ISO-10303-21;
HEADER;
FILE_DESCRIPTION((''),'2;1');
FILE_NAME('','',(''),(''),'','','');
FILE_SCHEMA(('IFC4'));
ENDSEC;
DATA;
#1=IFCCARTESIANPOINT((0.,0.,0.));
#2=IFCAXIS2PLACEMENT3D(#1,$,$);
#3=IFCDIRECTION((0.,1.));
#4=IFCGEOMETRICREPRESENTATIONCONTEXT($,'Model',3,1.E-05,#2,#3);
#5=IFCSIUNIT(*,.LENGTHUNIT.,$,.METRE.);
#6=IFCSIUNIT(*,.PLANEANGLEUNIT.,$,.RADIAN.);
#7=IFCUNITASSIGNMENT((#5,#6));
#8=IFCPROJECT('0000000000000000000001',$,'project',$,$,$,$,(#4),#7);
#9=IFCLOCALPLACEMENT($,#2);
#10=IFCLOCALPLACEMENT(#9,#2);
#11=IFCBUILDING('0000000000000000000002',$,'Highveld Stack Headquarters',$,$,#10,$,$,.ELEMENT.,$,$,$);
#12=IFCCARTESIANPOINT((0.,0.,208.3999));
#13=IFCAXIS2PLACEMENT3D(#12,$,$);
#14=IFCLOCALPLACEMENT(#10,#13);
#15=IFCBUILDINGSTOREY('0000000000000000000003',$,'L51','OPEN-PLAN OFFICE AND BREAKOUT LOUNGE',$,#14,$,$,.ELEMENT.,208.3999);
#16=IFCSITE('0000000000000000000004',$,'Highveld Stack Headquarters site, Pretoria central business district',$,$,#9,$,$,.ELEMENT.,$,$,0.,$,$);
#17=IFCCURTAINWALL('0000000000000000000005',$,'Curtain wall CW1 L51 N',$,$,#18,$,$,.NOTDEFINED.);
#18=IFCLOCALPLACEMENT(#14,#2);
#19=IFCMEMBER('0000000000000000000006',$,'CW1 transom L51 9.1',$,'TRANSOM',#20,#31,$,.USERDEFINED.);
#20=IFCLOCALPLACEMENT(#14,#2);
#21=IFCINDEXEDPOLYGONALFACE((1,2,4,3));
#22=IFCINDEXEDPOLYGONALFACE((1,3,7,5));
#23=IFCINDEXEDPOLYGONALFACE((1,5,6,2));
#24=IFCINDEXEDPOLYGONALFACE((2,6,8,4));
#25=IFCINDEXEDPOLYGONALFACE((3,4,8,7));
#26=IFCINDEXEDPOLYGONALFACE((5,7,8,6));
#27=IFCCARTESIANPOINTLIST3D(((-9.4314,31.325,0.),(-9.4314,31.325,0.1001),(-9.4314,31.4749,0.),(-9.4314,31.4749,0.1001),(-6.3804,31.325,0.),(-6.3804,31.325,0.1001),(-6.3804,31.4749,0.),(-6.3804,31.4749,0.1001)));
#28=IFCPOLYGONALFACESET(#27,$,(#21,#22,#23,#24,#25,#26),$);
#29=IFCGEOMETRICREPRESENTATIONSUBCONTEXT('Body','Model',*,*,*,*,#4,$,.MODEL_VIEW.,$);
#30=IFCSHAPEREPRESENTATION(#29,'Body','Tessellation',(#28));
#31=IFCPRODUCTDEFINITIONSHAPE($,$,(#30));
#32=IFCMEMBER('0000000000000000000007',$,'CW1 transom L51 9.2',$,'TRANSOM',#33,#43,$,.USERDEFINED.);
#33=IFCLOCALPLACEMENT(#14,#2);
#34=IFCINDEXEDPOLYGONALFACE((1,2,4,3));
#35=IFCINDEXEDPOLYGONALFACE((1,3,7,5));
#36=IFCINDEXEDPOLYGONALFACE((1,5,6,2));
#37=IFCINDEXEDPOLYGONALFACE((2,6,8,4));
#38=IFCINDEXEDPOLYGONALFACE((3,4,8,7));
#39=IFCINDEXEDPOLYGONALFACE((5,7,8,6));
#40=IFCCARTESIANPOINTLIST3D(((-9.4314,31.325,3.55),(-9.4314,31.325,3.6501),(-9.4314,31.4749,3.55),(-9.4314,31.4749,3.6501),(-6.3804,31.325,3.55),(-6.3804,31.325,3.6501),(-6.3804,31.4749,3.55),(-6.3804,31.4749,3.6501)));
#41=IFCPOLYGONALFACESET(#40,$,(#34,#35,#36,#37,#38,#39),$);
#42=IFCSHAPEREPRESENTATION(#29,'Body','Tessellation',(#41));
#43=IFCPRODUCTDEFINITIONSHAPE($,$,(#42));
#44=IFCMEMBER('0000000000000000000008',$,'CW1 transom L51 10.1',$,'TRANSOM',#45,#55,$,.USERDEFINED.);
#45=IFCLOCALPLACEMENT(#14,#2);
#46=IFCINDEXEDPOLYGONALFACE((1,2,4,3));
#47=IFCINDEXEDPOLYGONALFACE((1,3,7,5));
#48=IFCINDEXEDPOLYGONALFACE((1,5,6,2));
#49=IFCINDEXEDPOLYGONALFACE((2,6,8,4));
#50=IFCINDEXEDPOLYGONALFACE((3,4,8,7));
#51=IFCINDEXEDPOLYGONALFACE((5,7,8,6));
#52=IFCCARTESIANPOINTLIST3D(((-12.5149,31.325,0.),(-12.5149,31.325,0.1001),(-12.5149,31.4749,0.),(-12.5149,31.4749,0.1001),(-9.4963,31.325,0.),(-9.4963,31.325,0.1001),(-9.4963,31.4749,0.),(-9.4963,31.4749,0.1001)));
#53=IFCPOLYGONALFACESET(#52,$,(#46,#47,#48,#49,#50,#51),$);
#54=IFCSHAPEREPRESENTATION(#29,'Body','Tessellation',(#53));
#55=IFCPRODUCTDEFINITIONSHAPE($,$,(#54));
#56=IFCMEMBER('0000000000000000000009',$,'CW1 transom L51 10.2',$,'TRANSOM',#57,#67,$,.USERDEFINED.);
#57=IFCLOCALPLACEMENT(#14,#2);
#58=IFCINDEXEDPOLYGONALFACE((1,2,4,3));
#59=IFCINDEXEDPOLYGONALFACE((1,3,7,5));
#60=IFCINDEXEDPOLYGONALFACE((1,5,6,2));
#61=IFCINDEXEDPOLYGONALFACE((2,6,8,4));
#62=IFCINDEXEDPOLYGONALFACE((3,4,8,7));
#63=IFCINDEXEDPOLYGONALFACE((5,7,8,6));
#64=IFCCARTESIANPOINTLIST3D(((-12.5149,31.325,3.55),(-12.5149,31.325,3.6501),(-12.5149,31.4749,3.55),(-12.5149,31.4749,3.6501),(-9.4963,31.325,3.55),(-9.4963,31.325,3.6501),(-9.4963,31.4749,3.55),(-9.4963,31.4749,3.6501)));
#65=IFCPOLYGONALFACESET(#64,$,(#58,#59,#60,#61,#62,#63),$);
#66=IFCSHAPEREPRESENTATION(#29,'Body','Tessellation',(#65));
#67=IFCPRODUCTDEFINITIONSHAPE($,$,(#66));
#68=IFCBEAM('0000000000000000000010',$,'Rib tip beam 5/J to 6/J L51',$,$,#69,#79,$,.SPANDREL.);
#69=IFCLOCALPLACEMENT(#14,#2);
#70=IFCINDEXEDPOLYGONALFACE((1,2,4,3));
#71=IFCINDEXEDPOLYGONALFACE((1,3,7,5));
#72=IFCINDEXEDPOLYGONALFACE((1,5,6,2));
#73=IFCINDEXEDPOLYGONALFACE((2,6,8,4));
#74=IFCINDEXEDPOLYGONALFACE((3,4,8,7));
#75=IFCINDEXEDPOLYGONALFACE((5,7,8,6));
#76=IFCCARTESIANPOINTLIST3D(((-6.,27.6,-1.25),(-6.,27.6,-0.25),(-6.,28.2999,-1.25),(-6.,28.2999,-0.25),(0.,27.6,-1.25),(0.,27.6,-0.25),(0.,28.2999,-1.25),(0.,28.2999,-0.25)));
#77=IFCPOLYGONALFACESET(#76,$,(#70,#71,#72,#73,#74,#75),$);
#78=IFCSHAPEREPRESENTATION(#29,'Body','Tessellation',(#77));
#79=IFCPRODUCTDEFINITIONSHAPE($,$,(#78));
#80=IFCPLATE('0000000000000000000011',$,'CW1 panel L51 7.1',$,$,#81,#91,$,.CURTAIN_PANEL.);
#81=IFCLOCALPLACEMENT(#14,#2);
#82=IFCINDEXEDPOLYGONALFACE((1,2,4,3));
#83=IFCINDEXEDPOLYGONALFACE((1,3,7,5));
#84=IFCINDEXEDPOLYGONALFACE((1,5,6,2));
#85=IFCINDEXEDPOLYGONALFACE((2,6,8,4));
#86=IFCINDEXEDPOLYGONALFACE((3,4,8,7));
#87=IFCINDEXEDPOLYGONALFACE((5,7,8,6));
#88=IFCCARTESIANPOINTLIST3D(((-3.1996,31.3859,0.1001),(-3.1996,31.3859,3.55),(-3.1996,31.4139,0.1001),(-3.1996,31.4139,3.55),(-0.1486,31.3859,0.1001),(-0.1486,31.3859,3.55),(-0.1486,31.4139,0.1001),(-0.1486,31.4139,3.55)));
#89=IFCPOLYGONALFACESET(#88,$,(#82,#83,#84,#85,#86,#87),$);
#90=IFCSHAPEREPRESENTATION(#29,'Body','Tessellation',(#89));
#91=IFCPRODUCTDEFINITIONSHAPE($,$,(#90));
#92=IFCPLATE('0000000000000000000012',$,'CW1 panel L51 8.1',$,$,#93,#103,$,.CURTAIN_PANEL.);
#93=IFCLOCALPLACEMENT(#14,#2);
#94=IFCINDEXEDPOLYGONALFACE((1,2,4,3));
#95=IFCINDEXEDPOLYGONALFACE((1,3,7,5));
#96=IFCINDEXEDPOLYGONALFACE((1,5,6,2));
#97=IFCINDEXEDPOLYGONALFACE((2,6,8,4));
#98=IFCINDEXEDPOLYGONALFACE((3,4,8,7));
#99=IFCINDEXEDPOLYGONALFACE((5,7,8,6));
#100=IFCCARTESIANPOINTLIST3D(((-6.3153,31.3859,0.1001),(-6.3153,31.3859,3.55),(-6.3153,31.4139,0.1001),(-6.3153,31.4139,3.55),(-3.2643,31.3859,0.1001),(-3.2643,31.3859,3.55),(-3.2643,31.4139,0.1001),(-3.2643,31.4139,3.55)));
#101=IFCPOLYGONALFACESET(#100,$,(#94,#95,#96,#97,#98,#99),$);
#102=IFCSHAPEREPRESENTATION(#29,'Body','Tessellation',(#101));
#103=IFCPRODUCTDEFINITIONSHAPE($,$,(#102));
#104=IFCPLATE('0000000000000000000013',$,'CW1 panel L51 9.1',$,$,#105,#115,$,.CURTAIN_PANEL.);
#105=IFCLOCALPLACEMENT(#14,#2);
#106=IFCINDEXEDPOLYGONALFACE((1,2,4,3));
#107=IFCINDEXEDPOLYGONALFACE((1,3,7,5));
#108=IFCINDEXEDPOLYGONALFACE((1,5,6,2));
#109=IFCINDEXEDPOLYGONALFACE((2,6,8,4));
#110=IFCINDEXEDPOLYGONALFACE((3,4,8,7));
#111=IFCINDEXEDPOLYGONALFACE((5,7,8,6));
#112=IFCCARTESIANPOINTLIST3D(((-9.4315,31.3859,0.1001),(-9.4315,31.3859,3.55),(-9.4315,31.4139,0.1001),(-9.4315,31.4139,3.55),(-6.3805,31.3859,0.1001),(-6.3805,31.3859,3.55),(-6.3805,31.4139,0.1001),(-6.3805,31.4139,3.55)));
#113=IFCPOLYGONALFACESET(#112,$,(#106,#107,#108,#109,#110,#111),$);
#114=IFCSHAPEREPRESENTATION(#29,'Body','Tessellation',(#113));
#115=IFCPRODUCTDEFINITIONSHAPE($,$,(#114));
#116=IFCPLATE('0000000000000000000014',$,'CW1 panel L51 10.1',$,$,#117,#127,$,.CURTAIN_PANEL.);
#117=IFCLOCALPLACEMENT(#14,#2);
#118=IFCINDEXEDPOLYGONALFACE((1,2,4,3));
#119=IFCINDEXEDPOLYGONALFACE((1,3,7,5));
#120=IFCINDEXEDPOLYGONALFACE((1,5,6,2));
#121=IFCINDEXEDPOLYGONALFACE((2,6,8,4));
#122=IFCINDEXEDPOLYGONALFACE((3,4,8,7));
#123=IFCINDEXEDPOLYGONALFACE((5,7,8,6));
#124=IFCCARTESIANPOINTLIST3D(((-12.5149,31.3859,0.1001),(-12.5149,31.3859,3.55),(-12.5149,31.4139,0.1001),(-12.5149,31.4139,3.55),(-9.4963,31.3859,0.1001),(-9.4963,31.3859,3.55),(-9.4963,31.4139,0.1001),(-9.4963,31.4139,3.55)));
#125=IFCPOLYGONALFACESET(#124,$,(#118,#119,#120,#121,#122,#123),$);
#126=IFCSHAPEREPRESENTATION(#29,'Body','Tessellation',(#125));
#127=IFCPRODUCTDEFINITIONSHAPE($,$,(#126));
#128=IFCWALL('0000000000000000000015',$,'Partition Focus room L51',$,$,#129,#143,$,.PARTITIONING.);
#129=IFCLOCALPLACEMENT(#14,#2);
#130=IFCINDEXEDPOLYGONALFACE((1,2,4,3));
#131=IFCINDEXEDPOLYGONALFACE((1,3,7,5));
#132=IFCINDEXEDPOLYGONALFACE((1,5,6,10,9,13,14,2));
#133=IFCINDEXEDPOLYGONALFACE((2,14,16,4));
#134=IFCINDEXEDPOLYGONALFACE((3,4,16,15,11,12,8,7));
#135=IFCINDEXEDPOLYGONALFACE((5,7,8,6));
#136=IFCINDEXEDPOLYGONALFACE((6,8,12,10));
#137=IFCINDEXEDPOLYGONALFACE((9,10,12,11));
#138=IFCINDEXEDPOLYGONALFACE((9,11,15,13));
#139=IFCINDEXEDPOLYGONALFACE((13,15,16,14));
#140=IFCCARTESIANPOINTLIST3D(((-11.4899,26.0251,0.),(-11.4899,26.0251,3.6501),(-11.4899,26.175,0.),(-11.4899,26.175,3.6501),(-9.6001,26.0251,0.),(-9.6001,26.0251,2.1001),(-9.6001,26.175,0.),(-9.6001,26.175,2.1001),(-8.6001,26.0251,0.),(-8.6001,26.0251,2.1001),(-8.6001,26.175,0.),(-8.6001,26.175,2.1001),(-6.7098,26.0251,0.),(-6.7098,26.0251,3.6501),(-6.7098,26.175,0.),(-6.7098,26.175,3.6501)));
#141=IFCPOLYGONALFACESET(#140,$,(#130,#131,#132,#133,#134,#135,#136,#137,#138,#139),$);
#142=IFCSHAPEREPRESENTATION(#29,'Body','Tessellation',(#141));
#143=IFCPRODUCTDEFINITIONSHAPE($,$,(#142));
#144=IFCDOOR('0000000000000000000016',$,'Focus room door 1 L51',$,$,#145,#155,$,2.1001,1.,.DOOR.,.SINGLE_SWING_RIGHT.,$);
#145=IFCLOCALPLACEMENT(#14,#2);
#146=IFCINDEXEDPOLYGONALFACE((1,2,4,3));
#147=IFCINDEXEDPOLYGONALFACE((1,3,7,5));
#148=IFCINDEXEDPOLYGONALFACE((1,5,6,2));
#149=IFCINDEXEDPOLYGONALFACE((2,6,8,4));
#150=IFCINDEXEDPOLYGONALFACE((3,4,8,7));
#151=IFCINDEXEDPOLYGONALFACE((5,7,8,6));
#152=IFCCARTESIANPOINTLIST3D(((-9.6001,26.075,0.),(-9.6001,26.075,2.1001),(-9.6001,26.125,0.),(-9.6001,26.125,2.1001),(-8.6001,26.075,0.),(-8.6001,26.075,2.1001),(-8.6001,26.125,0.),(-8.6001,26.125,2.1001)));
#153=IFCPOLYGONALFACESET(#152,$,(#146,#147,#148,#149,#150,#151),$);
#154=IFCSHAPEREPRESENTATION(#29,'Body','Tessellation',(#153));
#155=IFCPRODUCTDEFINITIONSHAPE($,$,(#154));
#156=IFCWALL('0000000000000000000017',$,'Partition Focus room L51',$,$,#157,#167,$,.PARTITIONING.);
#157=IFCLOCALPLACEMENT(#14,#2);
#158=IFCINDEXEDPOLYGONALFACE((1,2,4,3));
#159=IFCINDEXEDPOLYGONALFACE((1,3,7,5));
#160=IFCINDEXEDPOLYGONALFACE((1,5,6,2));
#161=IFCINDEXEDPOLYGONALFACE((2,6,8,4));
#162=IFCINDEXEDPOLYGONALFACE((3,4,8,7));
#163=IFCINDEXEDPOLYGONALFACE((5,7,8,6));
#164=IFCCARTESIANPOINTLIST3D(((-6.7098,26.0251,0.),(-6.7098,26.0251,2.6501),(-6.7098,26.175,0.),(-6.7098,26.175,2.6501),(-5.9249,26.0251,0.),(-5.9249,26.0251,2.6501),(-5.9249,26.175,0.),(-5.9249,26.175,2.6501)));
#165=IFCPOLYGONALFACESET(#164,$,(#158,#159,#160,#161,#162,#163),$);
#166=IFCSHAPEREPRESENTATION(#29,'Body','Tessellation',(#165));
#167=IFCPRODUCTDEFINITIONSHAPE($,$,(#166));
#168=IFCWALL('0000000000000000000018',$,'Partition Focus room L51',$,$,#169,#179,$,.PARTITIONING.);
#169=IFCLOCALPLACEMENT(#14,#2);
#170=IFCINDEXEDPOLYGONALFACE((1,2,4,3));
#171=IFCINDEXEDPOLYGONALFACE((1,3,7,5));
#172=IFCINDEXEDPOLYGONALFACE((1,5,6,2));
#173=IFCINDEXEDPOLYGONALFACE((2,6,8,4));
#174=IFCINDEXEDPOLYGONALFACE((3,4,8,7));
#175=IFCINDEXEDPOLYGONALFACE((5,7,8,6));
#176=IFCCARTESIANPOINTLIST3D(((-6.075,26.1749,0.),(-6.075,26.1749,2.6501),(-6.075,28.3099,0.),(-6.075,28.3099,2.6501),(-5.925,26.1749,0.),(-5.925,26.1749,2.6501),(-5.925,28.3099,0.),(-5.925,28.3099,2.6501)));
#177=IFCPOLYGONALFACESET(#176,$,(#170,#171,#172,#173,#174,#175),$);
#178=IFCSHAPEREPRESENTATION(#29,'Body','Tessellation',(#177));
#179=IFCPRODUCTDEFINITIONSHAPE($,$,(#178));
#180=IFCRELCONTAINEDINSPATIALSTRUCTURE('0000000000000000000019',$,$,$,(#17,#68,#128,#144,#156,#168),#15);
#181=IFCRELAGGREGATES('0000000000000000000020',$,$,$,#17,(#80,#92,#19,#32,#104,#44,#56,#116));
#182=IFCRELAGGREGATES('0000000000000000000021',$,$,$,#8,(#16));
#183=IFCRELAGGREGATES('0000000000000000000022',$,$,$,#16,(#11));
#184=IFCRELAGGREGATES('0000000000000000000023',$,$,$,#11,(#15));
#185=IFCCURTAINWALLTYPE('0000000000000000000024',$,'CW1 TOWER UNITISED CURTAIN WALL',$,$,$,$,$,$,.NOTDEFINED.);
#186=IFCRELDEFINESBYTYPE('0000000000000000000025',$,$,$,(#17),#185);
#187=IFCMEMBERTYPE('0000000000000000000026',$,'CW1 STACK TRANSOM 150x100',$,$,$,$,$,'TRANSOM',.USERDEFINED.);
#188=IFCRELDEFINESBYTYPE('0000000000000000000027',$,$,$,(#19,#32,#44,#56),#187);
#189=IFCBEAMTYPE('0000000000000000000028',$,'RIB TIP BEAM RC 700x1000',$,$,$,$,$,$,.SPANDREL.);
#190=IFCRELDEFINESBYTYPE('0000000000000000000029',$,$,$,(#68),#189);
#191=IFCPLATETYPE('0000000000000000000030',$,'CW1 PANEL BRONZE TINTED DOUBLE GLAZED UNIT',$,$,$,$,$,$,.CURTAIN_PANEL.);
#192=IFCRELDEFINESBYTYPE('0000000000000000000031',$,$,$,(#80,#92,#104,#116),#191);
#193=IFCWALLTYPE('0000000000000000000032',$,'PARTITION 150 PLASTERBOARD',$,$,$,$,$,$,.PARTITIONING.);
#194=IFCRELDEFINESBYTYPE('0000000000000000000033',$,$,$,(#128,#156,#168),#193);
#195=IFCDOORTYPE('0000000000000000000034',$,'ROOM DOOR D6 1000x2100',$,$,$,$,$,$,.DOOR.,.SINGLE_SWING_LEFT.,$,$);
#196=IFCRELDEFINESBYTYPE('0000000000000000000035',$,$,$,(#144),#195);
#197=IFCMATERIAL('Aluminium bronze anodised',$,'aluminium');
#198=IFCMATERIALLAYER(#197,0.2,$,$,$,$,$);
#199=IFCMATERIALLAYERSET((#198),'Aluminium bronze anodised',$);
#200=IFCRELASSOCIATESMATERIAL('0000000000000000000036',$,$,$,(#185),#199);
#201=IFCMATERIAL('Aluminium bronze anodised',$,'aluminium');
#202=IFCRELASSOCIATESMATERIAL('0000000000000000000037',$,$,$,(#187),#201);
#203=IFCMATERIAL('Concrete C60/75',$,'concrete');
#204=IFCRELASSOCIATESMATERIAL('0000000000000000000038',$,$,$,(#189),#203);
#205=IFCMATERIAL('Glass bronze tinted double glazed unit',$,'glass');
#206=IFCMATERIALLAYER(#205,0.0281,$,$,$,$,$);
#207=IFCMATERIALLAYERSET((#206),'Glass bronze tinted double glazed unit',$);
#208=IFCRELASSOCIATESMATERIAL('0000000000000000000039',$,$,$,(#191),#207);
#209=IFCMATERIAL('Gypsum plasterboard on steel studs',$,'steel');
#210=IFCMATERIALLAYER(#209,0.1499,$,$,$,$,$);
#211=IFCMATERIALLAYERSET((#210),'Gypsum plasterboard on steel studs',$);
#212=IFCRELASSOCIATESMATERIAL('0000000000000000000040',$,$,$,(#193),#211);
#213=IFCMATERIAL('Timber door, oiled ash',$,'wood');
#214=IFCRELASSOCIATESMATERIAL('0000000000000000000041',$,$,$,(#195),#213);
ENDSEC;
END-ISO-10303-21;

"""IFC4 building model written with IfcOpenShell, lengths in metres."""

from ifc_helpers import new_model, si_unit, direction, frame, frame_2d, origin, origin_2d, place, context, subcontext, project, spatial, rectangle, extrude, material, layer, layer_set, material_profile, profile_set, type_object, element, fill, aggregate, save


model = new_model("IFC4")

# Units and contexts
model_context = context("Model", 3, precision=1e-05, world=origin(), true_north=direction((0.0, 1.0)))
body_context = subcontext(model_context, "Body", "Model", "MODEL_VIEW")
ifc_project = project(units=[si_unit("LENGTHUNIT", "METRE"), si_unit("PLANEANGLEUNIT", "RADIAN")], contexts=[model_context])

# Site, building, storey
site_placement = place(None, origin())
site = spatial("IfcSite", under=ifc_project, at=site_placement, Name="Highveld Stack Headquarters site, Pretoria central business district", CompositionType="ELEMENT", RefElevation=0.0)
building_placement = place(site_placement, origin())
building = spatial("IfcBuilding", under=site, at=building_placement, Name="Highveld Stack Headquarters", CompositionType="ELEMENT")
storey_placement = place(building_placement, frame((0.0, 0.0, 208.3999)))
storey = spatial("IfcBuildingStorey", under=building, at=storey_placement, Name="L51", Description="OPEN-PLAN OFFICE AND BREAKOUT LOUNGE", CompositionType="ELEMENT", Elevation=208.3999)

# Curtain wall, members
ifc_material_1 = material(Name="Aluminium bronze anodised", Category="aluminium")
ifc_layer_1 = layer(ifc_material_1, 0.2)
ifc_layer_set_1 = layer_set([ifc_layer_1], Name="Aluminium bronze anodised")
curtain_wall_type = type_object("IfcCurtainWallType", Name="CW1 TOWER UNITISED CURTAIN WALL", PredefinedType="NOTDEFINED", material=ifc_layer_set_1)
curtain_wall_placement = place(storey_placement, origin())
curtain_wall = element("IfcCurtainWall", 1, at=curtain_wall_placement, inside=storey, type_object=curtain_wall_type, Name="Curtain wall CW1 L51 N", PredefinedType="NOTDEFINED")
ifc_material_2 = material(Name="Aluminium bronze anodised", Category="aluminium")
ifc_material_profile_1 = material_profile(ifc_material_2, rectangle(XDim=0.1499, YDim=0.1001, at=origin_2d()), Name="CW1 TRANSOM 150x100")
ifc_profile_set_1 = profile_set([ifc_material_profile_1], Name="Aluminium bronze anodised")
member_type_1 = type_object("IfcMemberType", Name="CW1 STACK TRANSOM 150x100", ElementType="TRANSOM", PredefinedType="USERDEFINED", material=ifc_profile_set_1)
member_1_placement = place(storey_placement, frame((-6.3804, 31.3999, 0.05), z_axis=(-1.0, 0.0, 0.0), x_axis=(0.0, -1.0, 0.0)))
member_1 = element("IfcMember", 2, at=member_1_placement, type_object=member_type_1, Name="CW1 transom L51 9.1", ObjectType="TRANSOM", PredefinedType="USERDEFINED", context=body_context, shape_type="SweptSolid", body=[
    extrude(rectangle(XDim=0.1499, YDim=0.1001, at=origin_2d()), origin(), (0.0, 0.0, 1.0), 3.051),
])
member_2_placement = place(storey_placement, frame((-6.3804, 31.3999, 3.6001), z_axis=(-1.0, 0.0, 0.0), x_axis=(0.0, -1.0, 0.0)))
member_2 = element("IfcMember", 3, at=member_2_placement, type_object=member_type_1, Name="CW1 transom L51 9.2", ObjectType="TRANSOM", PredefinedType="USERDEFINED", context=body_context, shape_type="SweptSolid", body=[
    extrude(rectangle(XDim=0.1499, YDim=0.1001, at=origin_2d()), origin(), (0.0, 0.0, 1.0), 3.051),
])
member_3_placement = place(storey_placement, frame((-9.4963, 31.3999, 0.05), z_axis=(-1.0, 0.0, 0.0), x_axis=(0.0, -1.0, 0.0)))
member_3 = element("IfcMember", 4, at=member_3_placement, type_object=member_type_1, Name="CW1 transom L51 10.1", ObjectType="TRANSOM", PredefinedType="USERDEFINED", context=body_context, shape_type="SweptSolid", body=[
    extrude(rectangle(XDim=0.1499, YDim=0.1001, at=origin_2d()), origin(), (0.0, 0.0, 1.0), 3.0186),
])
member_4_placement = place(storey_placement, frame((-9.4963, 31.3999, 3.6001), z_axis=(-1.0, 0.0, 0.0), x_axis=(0.0, -1.0, 0.0)))
member_4 = element("IfcMember", 5, at=member_4_placement, type_object=member_type_1, Name="CW1 transom L51 10.2", ObjectType="TRANSOM", PredefinedType="USERDEFINED", context=body_context, shape_type="SweptSolid", body=[
    extrude(rectangle(XDim=0.1499, YDim=0.1001, at=origin_2d()), origin(), (0.0, 0.0, 1.0), 3.0186),
])

# Beam
ifc_material_3 = material(Name="Concrete C60/75", Category="concrete")
ifc_material_profile_2 = material_profile(ifc_material_3, rectangle(XDim=0.7, YDim=1.0, at=origin_2d()), Name="RC 700x1000")
ifc_profile_set_2 = profile_set([ifc_material_profile_2], Name="Concrete C60/75")
beam_type_1 = type_object("IfcBeamType", Name="RIB TIP BEAM RC 700x1000", PredefinedType="SPANDREL", material=ifc_profile_set_2)
beam_1_placement = place(storey_placement, frame((-6.0, 27.95, -0.75), z_axis=(1.0, 0.0, 0.0), x_axis=(0.0, 1.0, 0.0)))
element("IfcBeam", 6, at=beam_1_placement, inside=storey, type_object=beam_type_1, Name="Rib tip beam 5/J to 6/J L51", PredefinedType="SPANDREL", context=body_context, shape_type="SweptSolid", body=[
    extrude(rectangle(XDim=0.7, YDim=1.0, at=origin_2d()), origin(), (0.0, 0.0, 1.0), 6.0),
])

# Plates
ifc_material_4 = material(Name="Glass bronze tinted double glazed unit", Category="glass")
ifc_layer_2 = layer(ifc_material_4, 0.0281)
ifc_layer_set_2 = layer_set([ifc_layer_2], Name="Glass bronze tinted double glazed unit")
plate_type = type_object("IfcPlateType", Name="CW1 PANEL BRONZE TINTED DOUBLE GLAZED UNIT", PredefinedType="CURTAIN_PANEL", material=ifc_layer_set_2)
plate_1_placement = place(storey_placement, frame((-1.6741, 31.3999, 0.1001), z_axis=(0.0, 0.0, 1.0), x_axis=(-1.0, 0.0, 0.0)))
plate_1 = element("IfcPlate", 7, at=plate_1_placement, type_object=plate_type, Name="CW1 panel L51 7.1", PredefinedType="CURTAIN_PANEL", context=body_context, shape_type="SweptSolid", body=[
    extrude(rectangle(XDim=3.051, YDim=0.0281, at=origin_2d()), origin(), (0.0, 0.0, 1.0), 3.45),
])
plate_2_placement = place(storey_placement, frame((-4.7898, 31.3999, 0.1001), z_axis=(0.0, 0.0, 1.0), x_axis=(-1.0, 0.0, 0.0)))
plate_2 = element("IfcPlate", 8, at=plate_2_placement, type_object=plate_type, Name="CW1 panel L51 8.1", PredefinedType="CURTAIN_PANEL", context=body_context, shape_type="SweptSolid", body=[
    extrude(rectangle(XDim=3.051, YDim=0.0281, at=origin_2d()), origin(), (0.0, 0.0, 1.0), 3.45),
])
plate_3_placement = place(storey_placement, frame((-7.906, 31.3999, 0.1001), z_axis=(0.0, 0.0, 1.0), x_axis=(-1.0, 0.0, 0.0)))
plate_3 = element("IfcPlate", 9, at=plate_3_placement, type_object=plate_type, Name="CW1 panel L51 9.1", PredefinedType="CURTAIN_PANEL", context=body_context, shape_type="SweptSolid", body=[
    extrude(rectangle(XDim=3.051, YDim=0.0281, at=origin_2d()), origin(), (0.0, 0.0, 1.0), 3.45),
])
plate_4_placement = place(storey_placement, frame((-11.0056, 31.3999, 0.1001), z_axis=(0.0, 0.0, 1.0), x_axis=(-1.0, 0.0, 0.0)))
plate_4 = element("IfcPlate", 10, at=plate_4_placement, type_object=plate_type, Name="CW1 panel L51 10.1", PredefinedType="CURTAIN_PANEL", context=body_context, shape_type="SweptSolid", body=[
    extrude(rectangle(XDim=3.0186, YDim=0.0281, at=origin_2d()), origin(), (0.0, 0.0, 1.0), 3.45),
])
aggregate(curtain_wall, [plate_1, plate_2, member_1, member_2, plate_3, member_3, member_4, plate_4])

# Wall, opening, door
ifc_material_5 = material(Name="Gypsum plasterboard on steel studs", Category="steel")
ifc_layer_3 = layer(ifc_material_5, 0.1499)
ifc_layer_set_3 = layer_set([ifc_layer_3], Name="Gypsum plasterboard on steel studs")
wall_type = type_object("IfcWallType", Name="PARTITION 150 PLASTERBOARD", PredefinedType="PARTITIONING", material=ifc_layer_set_3)
wall_1_placement = place(storey_placement, frame((-11.49, 26.1001, 0.0), z_axis=(0.0, 0.0, 1.0), x_axis=(1.0, 0.0, 0.0)))
wall_1 = element("IfcWall", 11, at=wall_1_placement, inside=storey, type_object=wall_type, Name="Partition Focus room L51", PredefinedType="PARTITIONING", context=body_context, shape_type="SweptSolid", body=[
    extrude(rectangle(XDim=4.78, YDim=0.1499, at=frame_2d((2.3901, 0.0))), origin(), (0.0, 0.0, 1.0), 3.6501),
])
opening_placement = place(wall_1_placement, frame((1.8899, 0.0, 0.0)))
opening = element("IfcOpeningElement", 12, at=opening_placement, cuts=wall_1, PredefinedType="OPENING", context=body_context, shape_type="SweptSolid", body=[
    extrude(rectangle(XDim=1.0, YDim=2.1001, at=frame_2d((0.5, 1.05))), frame((0.0, 0.085, 0.0), z_axis=(0.0, -1.0, 0.0), x_axis=(1.0, 0.0, 0.0)), (0.0, 0.0, 1.0), 0.1699),
])
ifc_material_6 = material(Name="Timber door, oiled ash", Category="wood")
door_type = type_object("IfcDoorType", Name="ROOM DOOR D6 1000x2100", OperationType="SINGLE_SWING_LEFT", PredefinedType="DOOR", material=ifc_material_6)
door_placement = place(opening_placement, origin())
door = element("IfcDoor", 13, at=door_placement, inside=storey, type_object=door_type, Name="Focus room door 1 L51", OperationType="SINGLE_SWING_RIGHT", OverallHeight=2.1001, OverallWidth=1.0, PredefinedType="DOOR", context=body_context, shape_type="SweptSolid", body=[
    extrude(rectangle(XDim=1.0, YDim=2.1001, at=frame_2d((0.5, 1.05))), frame((0.0, 0.0249, 0.0), z_axis=(0.0, -1.0, 0.0), x_axis=(1.0, 0.0, 0.0)), (0.0, 0.0, 1.0), 0.05),
])
fill(opening, door)

# Walls
wall_2_placement = place(storey_placement, frame((-6.71, 26.1001, 0.0), z_axis=(0.0, 0.0, 1.0), x_axis=(1.0, 0.0, 0.0)))
element("IfcWall", 14, at=wall_2_placement, inside=storey, type_object=wall_type, Name="Partition Focus room L51", PredefinedType="PARTITIONING", context=body_context, shape_type="SweptSolid", body=[
    extrude(rectangle(XDim=0.7849, YDim=0.1499, at=frame_2d((0.3926, 0.0))), origin(), (0.0, 0.0, 1.0), 2.6501),
])
wall_3_placement = place(storey_placement, frame((-6.0, 26.175, 0.0), z_axis=(0.0, 0.0, 1.0), x_axis=(0.0, 1.0, 0.0)))
element("IfcWall", 15, at=wall_3_placement, inside=storey, type_object=wall_type, Name="Partition Focus room L51", PredefinedType="PARTITIONING", context=body_context, shape_type="SweptSolid", body=[
    extrude(rectangle(XDim=2.135, YDim=0.1499, at=frame_2d((1.0674, 0.0))), origin(), (0.0, 0.0, 1.0), 2.6501),
])

save(model, "model.ifc")
